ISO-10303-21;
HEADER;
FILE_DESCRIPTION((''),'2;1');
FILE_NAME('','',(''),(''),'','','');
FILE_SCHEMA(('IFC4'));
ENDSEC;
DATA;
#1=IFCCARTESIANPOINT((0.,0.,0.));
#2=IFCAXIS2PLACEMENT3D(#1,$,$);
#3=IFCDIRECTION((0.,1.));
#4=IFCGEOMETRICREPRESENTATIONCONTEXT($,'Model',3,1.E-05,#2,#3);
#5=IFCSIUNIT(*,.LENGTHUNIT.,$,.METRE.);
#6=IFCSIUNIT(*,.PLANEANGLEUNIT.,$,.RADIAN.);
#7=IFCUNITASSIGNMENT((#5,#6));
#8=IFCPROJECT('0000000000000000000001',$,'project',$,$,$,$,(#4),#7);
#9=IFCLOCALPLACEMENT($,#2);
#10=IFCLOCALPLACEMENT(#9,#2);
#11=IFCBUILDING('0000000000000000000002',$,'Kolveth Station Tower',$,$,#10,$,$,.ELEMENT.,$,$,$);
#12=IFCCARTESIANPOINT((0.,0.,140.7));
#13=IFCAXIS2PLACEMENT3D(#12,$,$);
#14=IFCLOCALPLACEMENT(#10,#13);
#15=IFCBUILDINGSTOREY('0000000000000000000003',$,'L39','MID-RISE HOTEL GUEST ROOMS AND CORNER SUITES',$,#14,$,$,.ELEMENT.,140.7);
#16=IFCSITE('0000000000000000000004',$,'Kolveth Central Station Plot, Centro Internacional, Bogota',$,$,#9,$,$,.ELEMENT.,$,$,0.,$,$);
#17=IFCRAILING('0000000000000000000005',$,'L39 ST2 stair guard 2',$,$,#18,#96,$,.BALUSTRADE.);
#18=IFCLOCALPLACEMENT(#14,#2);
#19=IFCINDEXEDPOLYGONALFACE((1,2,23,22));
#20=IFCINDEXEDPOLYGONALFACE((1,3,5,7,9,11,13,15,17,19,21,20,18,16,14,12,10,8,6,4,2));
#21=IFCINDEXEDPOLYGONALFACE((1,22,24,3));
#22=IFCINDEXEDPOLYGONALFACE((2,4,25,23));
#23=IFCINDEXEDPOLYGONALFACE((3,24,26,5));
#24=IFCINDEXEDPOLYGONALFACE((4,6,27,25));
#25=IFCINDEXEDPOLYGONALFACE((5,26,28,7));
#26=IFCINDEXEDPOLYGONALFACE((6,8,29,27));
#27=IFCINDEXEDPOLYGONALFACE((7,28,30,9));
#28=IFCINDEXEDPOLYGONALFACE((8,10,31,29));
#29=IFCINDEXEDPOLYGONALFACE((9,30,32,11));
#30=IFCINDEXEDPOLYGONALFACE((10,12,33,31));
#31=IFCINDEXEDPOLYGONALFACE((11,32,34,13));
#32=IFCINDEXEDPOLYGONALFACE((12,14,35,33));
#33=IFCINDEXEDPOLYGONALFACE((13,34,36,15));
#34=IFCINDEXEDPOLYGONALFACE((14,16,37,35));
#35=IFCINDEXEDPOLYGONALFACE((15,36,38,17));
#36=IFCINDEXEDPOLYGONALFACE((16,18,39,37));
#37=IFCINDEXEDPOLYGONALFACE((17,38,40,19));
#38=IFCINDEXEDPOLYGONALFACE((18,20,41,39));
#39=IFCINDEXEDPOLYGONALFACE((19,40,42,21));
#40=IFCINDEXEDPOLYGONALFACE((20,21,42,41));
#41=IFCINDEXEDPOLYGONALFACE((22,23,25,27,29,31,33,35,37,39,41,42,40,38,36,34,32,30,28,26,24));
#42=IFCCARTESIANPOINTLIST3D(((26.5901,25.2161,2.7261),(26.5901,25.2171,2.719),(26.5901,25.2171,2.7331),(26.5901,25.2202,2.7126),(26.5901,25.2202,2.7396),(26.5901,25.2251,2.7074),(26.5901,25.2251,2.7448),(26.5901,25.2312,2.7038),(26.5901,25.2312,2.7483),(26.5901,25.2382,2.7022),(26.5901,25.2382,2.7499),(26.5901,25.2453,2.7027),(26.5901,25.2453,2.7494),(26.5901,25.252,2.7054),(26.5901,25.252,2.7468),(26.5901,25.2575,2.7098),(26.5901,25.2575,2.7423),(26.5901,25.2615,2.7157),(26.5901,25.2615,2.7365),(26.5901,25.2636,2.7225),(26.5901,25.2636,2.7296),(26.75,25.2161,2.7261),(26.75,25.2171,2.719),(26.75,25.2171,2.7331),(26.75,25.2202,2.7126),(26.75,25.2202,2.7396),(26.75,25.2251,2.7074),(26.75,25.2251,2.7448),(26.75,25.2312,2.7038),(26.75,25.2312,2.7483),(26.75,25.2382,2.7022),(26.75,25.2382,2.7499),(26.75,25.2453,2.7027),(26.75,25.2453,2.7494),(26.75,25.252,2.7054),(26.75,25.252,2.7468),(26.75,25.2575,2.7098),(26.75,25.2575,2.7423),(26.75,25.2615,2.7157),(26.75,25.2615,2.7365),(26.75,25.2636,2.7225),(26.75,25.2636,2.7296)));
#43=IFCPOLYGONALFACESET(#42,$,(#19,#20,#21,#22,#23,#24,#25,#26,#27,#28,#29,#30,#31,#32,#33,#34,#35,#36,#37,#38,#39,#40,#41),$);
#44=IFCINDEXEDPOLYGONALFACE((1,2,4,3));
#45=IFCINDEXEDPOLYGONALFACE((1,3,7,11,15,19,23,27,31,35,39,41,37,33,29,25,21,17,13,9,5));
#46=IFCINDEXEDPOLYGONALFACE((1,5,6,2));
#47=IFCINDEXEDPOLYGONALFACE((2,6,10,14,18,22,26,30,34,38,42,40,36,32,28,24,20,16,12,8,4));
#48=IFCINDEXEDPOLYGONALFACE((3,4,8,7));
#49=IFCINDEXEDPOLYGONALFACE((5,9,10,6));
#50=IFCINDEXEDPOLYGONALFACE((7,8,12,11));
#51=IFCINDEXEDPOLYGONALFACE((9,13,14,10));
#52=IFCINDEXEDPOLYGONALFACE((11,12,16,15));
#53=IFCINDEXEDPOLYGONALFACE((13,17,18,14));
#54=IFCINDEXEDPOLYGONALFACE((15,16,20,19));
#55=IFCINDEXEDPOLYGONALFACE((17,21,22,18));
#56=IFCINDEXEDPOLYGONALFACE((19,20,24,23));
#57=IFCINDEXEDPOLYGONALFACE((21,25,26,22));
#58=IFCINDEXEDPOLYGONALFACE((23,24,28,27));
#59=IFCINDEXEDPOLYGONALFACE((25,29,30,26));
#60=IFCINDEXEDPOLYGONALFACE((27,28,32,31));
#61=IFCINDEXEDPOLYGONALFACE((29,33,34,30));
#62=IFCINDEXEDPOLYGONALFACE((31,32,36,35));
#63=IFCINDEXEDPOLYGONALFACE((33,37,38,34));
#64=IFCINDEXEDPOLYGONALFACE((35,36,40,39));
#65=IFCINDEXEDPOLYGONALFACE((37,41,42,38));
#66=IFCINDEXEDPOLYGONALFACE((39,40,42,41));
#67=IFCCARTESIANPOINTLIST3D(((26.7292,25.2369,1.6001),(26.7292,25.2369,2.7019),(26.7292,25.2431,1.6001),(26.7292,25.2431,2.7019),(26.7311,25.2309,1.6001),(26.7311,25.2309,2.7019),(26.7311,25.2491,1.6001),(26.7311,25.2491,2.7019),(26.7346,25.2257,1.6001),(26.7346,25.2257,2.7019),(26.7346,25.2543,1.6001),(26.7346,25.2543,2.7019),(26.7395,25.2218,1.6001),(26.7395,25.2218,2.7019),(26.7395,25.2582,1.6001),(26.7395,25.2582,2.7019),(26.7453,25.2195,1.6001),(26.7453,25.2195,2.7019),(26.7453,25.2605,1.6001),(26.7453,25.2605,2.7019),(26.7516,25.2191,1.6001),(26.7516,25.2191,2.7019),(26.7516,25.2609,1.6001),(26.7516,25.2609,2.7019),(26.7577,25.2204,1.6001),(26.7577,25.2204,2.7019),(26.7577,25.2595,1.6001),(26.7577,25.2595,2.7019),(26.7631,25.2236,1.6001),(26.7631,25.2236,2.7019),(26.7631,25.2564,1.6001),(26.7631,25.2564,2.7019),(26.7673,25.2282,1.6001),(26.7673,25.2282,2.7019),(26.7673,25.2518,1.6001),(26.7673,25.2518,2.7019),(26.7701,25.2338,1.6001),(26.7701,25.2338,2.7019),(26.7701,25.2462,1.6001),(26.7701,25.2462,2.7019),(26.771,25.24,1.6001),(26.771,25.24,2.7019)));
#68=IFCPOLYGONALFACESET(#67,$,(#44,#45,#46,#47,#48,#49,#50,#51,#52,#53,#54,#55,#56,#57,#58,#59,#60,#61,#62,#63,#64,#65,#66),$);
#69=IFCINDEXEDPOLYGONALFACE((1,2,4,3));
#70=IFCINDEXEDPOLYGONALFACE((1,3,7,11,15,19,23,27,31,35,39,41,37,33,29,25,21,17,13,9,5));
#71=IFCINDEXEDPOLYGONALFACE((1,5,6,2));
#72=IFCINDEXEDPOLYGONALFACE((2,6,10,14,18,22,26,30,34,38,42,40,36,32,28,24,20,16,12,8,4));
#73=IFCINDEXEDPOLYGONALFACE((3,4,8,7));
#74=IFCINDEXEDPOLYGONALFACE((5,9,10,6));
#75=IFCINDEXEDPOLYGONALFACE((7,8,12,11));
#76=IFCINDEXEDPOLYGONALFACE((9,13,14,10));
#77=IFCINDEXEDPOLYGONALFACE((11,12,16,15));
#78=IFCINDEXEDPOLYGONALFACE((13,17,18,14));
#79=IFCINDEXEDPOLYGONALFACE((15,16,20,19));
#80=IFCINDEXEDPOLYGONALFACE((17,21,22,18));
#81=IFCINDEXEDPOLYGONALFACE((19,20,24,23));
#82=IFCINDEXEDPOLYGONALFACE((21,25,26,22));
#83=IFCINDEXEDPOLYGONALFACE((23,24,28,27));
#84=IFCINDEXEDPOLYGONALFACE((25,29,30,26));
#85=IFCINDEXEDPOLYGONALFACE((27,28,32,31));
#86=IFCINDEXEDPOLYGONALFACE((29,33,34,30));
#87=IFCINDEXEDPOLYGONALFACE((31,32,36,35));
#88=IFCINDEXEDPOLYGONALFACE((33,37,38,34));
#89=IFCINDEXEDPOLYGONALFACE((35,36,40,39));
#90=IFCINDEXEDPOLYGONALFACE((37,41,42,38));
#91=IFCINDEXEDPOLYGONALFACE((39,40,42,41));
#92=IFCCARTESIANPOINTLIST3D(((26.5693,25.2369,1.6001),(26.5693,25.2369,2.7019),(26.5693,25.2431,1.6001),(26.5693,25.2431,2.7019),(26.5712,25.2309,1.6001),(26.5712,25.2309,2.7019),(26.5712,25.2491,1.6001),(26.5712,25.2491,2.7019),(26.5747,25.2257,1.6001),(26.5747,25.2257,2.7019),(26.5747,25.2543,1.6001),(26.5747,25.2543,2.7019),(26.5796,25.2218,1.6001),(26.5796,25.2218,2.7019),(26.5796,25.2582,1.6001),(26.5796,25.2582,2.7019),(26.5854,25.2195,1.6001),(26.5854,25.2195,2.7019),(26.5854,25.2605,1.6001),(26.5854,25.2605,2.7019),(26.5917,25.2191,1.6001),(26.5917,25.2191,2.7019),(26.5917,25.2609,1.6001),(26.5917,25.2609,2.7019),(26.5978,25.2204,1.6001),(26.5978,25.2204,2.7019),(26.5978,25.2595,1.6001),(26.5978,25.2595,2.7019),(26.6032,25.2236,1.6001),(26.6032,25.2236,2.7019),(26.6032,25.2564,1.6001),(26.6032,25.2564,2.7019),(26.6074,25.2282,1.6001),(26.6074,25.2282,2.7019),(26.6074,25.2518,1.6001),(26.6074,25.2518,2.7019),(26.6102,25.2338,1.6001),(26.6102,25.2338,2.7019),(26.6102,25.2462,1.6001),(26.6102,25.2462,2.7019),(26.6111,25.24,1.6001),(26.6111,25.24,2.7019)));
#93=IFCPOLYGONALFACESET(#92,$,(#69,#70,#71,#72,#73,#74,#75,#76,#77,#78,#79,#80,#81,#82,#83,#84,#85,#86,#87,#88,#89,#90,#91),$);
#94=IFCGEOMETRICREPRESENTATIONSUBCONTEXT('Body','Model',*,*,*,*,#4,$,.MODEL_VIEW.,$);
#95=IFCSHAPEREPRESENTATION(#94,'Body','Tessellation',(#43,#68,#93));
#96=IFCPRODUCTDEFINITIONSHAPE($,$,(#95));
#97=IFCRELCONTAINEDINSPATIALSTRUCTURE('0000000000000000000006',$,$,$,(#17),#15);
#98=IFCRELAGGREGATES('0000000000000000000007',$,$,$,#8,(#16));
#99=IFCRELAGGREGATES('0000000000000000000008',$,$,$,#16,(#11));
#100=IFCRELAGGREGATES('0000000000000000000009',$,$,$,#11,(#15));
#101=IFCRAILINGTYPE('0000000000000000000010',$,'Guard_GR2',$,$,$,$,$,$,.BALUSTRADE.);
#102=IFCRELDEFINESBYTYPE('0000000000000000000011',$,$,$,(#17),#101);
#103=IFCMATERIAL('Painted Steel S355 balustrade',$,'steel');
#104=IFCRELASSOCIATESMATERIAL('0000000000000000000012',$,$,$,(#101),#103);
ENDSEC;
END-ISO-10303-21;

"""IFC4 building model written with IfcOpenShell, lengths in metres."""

from ifc_helpers import new_model, si_unit, direction, frame, origin, origin_2d, place, context, subcontext, project, spatial, circle, extrude, material, type_object, element, save


model = new_model("IFC4")

# Units and contexts
model_context = context("Model", 3, precision=1e-05, world=origin(), true_north=direction((0.0, 1.0)))
body_context = subcontext(model_context, "Body", "Model", "MODEL_VIEW")
ifc_project = project(units=[si_unit("LENGTHUNIT", "METRE"), si_unit("PLANEANGLEUNIT", "RADIAN")], contexts=[model_context])

# Site, building, storey
site_placement = place(None, origin())
site = spatial("IfcSite", under=ifc_project, at=site_placement, Name="Kolveth Central Station Plot, Centro Internacional, Bogota", CompositionType="ELEMENT", RefElevation=0.0)
building_placement = place(site_placement, origin())
building = spatial("IfcBuilding", under=site, at=building_placement, Name="Kolveth Station Tower", CompositionType="ELEMENT")
storey_placement = place(building_placement, frame((0.0, 0.0, 140.7)))
storey = spatial("IfcBuildingStorey", under=building, at=storey_placement, Name="L39", Description="MID-RISE HOTEL GUEST ROOMS AND CORNER SUITES", CompositionType="ELEMENT", Elevation=140.7)

# Railing
ifc_material_1 = material(Name="Painted Steel S355 balustrade", Category="steel")
railing_type_1 = type_object("IfcRailingType", Name="Guard_GR2", PredefinedType="BALUSTRADE", material=ifc_material_1)
railing_1_placement = place(storey_placement, frame((26.75, 25.24, 1.6001)))
element("IfcRailing", 1, at=railing_1_placement, inside=storey, type_object=railing_type_1, Name="L39 ST2 stair guard 2", PredefinedType="BALUSTRADE", context=body_context, shape_type="SweptSolid", body=[
    extrude(circle(Radius=0.0239, at=origin_2d()), frame((0.0, 0.0, 1.126), z_axis=(-1.0, 0.0, 0.0), x_axis=(0.0, -1.0, 0.0)), (0.0, 0.0, 1.0), 0.1599),
    extrude(circle(Radius=0.021, at=origin_2d()), origin(), (0.0, 0.0, 1.0), 1.1018),
    extrude(circle(Radius=0.021, at=origin_2d()), frame((-0.1599, 0.0, 0.0)), (0.0, 0.0, 1.0), 1.1018),
])

save(model, "model.ifc")
